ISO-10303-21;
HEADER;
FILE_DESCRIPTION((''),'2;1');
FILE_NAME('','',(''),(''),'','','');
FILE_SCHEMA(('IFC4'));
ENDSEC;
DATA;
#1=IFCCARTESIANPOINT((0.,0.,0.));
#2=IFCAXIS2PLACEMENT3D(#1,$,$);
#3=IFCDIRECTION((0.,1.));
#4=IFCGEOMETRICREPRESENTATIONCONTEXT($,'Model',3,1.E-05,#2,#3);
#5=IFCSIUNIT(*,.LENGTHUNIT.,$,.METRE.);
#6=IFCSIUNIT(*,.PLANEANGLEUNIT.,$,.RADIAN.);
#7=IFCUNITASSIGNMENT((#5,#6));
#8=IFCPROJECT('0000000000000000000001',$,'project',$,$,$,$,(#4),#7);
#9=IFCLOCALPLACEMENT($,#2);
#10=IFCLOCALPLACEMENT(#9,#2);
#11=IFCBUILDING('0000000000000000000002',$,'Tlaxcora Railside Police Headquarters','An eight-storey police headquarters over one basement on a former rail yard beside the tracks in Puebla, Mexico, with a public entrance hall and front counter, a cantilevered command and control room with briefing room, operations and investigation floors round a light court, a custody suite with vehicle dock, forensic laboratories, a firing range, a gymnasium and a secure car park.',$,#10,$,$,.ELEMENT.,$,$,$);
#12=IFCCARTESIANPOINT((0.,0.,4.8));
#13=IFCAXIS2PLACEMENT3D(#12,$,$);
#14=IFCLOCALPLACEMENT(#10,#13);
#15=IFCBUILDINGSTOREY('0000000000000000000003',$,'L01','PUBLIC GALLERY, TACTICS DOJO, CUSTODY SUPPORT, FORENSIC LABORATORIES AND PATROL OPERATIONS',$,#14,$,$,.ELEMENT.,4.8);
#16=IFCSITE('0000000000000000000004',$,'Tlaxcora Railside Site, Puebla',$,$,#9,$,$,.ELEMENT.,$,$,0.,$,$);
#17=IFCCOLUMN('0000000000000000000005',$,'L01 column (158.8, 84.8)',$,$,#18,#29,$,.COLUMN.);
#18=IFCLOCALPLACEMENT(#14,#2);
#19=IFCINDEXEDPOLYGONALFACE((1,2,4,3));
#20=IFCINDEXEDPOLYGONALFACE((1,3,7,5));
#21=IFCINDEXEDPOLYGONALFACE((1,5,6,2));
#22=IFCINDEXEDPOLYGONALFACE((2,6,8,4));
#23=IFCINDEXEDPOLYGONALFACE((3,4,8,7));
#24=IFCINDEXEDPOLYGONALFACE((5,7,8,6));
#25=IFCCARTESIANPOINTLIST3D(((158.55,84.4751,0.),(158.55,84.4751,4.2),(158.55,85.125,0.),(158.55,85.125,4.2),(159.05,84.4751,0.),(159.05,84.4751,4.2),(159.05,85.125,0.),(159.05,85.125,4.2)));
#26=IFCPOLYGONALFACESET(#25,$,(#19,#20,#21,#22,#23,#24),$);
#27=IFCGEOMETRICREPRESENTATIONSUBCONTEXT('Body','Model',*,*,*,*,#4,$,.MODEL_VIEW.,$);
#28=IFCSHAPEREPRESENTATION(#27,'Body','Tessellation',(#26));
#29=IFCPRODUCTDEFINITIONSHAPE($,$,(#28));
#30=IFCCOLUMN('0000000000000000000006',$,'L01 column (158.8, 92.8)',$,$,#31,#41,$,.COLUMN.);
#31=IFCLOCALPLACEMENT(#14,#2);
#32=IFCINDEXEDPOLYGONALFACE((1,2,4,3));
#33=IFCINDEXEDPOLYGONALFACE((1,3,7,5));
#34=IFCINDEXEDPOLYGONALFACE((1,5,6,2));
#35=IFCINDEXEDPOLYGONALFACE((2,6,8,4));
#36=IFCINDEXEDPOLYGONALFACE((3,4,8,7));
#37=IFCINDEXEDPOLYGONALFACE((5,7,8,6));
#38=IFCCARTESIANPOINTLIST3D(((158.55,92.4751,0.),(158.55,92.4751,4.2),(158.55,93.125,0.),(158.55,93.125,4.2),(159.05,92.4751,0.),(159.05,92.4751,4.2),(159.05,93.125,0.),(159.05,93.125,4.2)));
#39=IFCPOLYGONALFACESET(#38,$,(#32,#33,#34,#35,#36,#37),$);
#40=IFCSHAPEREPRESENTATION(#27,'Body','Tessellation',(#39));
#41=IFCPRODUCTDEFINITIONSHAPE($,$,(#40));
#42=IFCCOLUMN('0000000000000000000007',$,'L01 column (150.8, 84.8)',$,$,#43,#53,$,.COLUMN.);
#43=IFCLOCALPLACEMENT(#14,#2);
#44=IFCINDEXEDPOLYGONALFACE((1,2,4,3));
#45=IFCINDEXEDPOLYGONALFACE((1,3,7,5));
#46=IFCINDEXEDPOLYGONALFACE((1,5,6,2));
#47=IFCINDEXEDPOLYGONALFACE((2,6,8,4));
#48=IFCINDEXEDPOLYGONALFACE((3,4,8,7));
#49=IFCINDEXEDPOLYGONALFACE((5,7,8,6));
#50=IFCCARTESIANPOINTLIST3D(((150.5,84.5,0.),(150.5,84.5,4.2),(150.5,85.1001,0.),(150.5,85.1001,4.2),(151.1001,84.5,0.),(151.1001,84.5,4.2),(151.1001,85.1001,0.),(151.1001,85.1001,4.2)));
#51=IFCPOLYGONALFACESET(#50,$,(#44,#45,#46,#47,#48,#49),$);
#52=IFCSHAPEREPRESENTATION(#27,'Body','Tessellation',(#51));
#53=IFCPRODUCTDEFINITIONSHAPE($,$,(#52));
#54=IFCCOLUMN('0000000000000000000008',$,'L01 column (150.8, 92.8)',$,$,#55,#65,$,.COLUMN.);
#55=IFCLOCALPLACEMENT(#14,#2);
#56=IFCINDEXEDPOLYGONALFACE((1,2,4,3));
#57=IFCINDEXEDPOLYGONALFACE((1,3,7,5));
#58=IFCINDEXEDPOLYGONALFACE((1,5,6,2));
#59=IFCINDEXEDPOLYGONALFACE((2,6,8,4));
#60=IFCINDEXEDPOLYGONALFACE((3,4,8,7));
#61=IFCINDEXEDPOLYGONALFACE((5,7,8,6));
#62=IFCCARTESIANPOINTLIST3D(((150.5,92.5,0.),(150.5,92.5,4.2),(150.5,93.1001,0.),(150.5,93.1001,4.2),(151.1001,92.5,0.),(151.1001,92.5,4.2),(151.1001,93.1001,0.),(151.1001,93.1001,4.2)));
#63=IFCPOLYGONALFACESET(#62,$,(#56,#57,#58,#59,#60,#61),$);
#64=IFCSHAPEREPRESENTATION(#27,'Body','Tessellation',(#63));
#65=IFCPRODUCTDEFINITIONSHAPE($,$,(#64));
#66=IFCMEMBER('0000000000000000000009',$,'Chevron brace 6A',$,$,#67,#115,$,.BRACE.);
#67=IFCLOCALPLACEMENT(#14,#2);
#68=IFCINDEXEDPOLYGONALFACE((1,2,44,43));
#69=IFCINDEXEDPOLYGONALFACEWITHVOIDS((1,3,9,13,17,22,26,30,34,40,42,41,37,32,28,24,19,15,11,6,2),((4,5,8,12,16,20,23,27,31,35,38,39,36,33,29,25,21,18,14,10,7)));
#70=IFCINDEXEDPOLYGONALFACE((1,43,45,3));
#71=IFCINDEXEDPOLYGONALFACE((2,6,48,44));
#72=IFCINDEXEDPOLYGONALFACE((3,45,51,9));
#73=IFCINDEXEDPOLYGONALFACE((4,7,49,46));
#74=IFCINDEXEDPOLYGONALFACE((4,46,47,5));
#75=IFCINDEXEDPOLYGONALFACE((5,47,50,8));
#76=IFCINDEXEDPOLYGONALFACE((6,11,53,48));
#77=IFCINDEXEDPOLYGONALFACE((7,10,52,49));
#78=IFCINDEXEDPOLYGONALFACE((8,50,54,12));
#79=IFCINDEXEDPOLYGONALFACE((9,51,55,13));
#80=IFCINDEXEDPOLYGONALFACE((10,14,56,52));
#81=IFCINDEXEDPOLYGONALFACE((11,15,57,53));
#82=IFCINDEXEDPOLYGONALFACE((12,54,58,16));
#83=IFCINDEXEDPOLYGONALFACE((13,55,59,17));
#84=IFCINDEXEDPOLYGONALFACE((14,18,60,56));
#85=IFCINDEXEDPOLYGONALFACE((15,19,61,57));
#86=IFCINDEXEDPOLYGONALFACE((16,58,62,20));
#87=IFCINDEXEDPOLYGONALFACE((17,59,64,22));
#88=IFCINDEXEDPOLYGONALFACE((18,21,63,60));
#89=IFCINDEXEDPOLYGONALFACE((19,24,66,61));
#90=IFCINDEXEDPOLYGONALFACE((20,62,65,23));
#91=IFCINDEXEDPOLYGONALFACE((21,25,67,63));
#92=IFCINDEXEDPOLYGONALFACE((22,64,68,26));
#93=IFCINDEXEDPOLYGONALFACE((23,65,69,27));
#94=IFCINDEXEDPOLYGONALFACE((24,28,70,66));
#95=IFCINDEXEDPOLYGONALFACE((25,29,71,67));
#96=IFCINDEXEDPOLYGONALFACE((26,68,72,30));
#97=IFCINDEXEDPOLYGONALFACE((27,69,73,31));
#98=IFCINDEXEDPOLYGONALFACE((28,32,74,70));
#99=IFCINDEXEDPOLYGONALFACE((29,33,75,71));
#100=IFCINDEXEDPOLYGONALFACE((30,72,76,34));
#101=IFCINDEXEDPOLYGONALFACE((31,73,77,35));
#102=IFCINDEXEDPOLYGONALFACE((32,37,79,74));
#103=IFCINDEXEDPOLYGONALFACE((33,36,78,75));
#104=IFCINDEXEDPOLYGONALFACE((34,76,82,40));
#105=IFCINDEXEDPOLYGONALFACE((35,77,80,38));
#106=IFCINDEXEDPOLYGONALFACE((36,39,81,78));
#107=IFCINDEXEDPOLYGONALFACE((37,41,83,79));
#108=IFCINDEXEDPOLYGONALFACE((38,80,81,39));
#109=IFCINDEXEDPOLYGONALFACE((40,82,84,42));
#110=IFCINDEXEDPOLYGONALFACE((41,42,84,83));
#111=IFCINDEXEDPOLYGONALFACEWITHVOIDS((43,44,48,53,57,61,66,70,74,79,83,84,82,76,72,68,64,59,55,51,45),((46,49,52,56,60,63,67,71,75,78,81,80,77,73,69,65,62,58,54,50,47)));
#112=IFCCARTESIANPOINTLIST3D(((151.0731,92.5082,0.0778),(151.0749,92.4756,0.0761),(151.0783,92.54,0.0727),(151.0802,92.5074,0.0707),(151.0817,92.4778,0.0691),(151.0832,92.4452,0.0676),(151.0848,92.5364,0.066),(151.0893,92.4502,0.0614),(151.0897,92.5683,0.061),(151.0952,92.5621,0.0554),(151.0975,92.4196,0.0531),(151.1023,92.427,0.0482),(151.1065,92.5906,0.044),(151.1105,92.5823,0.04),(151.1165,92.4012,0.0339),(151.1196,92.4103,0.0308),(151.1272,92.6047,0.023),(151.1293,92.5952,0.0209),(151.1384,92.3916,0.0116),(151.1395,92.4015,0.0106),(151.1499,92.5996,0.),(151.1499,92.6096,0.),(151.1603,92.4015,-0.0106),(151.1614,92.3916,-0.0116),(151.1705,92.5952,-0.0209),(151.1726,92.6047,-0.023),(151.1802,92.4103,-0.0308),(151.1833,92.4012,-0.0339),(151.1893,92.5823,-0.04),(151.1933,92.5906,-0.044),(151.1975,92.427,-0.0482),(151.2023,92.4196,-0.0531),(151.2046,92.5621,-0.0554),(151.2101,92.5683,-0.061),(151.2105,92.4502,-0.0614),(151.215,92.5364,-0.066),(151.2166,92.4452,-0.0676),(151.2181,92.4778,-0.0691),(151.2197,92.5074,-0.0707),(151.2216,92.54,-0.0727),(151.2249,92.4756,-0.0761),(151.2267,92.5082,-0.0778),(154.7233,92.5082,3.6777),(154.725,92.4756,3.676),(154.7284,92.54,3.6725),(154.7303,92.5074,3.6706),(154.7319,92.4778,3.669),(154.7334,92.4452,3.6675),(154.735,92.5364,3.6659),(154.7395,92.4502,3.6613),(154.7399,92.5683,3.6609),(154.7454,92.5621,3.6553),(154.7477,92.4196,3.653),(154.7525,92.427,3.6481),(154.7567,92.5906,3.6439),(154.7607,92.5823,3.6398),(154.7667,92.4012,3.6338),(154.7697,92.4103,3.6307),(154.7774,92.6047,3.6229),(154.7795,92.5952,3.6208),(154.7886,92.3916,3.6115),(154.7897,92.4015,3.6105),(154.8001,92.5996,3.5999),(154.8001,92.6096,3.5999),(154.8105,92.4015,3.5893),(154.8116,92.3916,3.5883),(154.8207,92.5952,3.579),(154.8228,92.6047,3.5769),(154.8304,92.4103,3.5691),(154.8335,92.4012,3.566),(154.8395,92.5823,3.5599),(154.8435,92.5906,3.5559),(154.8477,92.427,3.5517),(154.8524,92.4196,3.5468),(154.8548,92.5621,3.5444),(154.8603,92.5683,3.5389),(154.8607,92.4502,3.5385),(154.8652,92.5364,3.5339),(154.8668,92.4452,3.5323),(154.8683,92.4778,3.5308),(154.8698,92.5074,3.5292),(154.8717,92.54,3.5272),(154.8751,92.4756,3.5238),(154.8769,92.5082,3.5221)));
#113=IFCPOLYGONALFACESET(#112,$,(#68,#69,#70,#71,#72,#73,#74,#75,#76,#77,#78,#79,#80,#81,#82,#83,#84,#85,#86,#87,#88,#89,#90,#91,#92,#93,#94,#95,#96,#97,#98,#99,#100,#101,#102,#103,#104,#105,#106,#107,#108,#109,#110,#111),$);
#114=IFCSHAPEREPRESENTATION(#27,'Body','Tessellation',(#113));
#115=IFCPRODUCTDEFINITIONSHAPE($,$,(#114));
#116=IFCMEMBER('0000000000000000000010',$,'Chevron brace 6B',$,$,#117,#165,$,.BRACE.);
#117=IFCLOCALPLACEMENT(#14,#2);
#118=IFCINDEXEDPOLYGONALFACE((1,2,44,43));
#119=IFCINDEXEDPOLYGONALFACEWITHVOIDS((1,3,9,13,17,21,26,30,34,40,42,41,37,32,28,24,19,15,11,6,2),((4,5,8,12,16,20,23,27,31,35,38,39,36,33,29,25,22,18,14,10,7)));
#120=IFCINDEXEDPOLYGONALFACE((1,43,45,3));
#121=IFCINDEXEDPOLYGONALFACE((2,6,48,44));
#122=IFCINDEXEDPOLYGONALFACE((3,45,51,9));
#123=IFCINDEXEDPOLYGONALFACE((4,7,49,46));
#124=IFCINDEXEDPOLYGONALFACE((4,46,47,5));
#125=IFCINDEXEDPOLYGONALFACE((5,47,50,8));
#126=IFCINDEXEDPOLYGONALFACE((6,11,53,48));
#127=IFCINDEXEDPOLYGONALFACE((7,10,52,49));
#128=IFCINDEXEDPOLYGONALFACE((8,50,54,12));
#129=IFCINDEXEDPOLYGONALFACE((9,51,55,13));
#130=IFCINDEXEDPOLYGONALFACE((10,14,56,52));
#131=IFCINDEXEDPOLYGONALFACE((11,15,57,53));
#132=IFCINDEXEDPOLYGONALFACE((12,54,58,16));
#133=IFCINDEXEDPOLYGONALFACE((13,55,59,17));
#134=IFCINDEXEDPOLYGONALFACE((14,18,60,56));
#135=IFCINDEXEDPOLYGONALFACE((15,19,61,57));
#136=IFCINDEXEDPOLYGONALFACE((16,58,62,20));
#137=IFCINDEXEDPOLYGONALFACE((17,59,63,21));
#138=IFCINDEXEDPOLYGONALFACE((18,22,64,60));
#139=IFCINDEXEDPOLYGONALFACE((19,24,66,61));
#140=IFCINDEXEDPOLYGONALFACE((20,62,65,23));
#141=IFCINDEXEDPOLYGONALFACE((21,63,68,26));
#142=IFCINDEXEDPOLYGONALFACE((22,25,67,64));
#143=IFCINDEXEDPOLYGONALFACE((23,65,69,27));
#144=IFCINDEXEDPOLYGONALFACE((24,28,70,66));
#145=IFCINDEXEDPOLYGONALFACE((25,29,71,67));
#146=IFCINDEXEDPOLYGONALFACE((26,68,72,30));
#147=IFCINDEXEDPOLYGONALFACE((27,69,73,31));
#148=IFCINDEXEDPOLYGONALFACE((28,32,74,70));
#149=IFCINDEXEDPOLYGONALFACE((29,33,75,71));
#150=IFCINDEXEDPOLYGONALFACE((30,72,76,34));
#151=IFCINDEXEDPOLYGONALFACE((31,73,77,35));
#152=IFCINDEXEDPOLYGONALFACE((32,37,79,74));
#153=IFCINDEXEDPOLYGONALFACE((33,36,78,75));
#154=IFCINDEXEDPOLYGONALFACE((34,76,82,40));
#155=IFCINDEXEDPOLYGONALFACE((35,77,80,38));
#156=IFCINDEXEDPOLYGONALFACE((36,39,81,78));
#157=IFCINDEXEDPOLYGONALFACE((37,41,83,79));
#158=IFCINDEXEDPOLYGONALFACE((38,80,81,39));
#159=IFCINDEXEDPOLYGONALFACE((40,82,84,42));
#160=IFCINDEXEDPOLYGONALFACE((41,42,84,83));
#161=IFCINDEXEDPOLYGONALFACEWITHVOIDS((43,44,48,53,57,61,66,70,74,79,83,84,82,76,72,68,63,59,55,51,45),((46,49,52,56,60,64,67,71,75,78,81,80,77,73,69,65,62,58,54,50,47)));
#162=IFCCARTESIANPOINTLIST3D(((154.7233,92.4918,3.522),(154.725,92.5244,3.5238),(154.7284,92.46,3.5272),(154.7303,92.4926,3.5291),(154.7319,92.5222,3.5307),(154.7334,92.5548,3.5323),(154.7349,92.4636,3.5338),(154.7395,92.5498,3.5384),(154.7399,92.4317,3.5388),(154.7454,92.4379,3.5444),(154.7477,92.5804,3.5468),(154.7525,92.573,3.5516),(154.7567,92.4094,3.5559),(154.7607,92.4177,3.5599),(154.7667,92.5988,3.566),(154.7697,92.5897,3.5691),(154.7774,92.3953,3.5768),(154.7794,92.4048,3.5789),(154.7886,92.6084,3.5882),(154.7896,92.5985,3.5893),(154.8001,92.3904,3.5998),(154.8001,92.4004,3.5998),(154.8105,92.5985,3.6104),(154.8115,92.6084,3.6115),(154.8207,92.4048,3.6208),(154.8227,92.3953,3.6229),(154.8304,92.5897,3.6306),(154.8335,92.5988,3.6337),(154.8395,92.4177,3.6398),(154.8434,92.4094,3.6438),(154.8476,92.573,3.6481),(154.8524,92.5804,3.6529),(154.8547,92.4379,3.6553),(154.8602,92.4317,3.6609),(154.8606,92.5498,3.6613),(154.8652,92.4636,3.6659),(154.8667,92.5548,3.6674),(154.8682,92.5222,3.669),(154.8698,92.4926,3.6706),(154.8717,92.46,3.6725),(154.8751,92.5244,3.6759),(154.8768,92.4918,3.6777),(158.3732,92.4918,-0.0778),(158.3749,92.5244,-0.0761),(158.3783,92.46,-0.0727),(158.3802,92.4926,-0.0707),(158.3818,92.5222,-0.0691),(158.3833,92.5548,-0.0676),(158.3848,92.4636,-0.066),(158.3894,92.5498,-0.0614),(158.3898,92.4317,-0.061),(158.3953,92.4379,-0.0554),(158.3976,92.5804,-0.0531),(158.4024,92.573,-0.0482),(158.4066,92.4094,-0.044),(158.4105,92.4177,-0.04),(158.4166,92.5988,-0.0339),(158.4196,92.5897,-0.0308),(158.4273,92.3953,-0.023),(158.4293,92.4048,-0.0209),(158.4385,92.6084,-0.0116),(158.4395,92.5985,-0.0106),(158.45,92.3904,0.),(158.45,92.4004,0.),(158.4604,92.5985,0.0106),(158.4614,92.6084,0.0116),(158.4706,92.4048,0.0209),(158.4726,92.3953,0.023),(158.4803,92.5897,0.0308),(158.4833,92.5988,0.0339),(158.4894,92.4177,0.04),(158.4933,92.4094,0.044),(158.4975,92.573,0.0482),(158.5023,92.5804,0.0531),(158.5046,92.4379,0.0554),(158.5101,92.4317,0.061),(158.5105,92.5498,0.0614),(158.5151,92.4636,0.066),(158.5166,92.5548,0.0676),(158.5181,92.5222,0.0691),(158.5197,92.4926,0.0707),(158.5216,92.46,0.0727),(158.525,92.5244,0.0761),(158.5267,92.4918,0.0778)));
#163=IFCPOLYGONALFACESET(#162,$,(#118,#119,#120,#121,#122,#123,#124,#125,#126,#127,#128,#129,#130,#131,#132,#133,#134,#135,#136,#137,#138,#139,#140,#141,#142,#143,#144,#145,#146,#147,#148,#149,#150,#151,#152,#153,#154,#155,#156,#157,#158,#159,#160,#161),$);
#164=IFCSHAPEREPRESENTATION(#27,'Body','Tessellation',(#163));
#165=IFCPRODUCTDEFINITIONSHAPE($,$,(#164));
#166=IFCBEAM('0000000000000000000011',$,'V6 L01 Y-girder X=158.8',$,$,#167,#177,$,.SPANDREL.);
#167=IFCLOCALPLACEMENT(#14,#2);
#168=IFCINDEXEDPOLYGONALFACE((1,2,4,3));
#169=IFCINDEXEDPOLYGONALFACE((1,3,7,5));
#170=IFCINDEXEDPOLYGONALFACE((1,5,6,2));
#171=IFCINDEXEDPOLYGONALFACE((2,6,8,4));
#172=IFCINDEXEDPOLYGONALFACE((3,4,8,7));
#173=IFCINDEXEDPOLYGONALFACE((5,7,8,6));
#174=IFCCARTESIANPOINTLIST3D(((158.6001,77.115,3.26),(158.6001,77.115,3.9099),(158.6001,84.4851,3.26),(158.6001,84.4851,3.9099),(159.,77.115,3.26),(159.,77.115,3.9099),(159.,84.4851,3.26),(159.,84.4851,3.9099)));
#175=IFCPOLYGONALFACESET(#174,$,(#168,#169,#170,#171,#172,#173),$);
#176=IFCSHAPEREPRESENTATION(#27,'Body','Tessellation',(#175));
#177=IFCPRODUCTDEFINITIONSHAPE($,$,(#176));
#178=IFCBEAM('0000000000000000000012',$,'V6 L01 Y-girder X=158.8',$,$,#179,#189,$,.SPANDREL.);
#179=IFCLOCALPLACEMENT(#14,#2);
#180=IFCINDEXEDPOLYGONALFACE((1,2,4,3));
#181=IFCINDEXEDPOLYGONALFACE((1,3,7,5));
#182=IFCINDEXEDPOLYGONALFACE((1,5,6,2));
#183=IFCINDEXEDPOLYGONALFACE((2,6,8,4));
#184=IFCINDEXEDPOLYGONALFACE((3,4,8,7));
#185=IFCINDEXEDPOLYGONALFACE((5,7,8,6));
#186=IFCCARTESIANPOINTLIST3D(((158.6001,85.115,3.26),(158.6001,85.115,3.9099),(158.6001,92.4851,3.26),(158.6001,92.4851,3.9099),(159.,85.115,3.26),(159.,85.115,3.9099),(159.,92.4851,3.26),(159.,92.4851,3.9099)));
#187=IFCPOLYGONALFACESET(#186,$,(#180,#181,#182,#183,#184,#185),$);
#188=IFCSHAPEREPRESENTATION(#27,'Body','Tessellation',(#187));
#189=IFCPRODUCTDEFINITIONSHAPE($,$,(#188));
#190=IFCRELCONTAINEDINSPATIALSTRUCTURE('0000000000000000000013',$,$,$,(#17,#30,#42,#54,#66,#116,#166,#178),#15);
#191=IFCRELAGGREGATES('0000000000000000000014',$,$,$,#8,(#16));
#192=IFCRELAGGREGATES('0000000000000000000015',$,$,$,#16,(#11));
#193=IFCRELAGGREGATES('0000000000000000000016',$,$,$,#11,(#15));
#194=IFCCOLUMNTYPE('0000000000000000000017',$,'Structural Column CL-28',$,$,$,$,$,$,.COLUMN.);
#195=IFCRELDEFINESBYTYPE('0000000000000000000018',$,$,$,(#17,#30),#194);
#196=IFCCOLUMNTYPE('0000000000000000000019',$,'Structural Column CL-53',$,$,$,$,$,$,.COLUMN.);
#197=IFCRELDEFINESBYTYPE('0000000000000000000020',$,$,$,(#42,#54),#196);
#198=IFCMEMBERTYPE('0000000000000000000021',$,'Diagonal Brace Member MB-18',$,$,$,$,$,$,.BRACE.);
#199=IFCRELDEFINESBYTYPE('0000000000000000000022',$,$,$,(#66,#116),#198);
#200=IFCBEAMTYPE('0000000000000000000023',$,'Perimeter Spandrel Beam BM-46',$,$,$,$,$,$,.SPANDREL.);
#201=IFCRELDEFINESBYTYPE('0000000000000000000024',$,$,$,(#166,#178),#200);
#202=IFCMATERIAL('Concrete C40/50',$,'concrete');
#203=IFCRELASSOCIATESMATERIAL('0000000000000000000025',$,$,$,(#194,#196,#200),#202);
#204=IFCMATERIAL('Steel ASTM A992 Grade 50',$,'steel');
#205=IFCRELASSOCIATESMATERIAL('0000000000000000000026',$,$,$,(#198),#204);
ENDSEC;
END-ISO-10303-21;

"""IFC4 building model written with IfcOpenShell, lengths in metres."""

from ifc_helpers import new_model, si_unit, direction, frame, origin, origin_2d, place, context, subcontext, project, spatial, rectangle, hollow_circle, extrude, material, material_profile, profile_set, type_object, element, save


model = new_model("IFC4")

# Units and contexts
model_context = context("Model", 3, precision=1e-05, world=origin(), true_north=direction((0.0, 1.0)))
body_context = subcontext(model_context, "Body", "Model", "MODEL_VIEW")
ifc_project = project(units=[si_unit("LENGTHUNIT", "METRE"), si_unit("PLANEANGLEUNIT", "RADIAN")], contexts=[model_context])

# Site, building, storey
site_placement = place(None, origin())
site = spatial("IfcSite", under=ifc_project, at=site_placement, Name="Tlaxcora Railside Site, Puebla", CompositionType="ELEMENT", RefElevation=0.0)
building_placement = place(site_placement, origin())
building = spatial("IfcBuilding", under=site, at=building_placement, Name="Tlaxcora Railside Police Headquarters", Description="An eight-storey police headquarters over one basement on a former rail yard beside the tracks in Puebla, Mexico, with a public entrance hall and front counter, a cantilevered command and control room with briefing room, operations and investigation floors round a light court, a custody suite with vehicle dock, forensic laboratories, a firing range, a gymnasium and a secure car park.", CompositionType="ELEMENT")
storey_placement = place(building_placement, frame((0.0, 0.0, 4.8)))
storey = spatial("IfcBuildingStorey", under=building, at=storey_placement, Name="L01", Description="PUBLIC GALLERY, TACTICS DOJO, CUSTODY SUPPORT, FORENSIC LABORATORIES AND PATROL OPERATIONS", CompositionType="ELEMENT", Elevation=4.8)

# Columns
ifc_material_1 = material(Name="Concrete C40/50", Category="concrete")
ifc_material_profile_1 = material_profile(ifc_material_1, rectangle(XDim=0.5, YDim=0.6499, at=origin_2d()), Name="RC500X650")
ifc_profile_set_1 = profile_set([ifc_material_profile_1], Name="Concrete C40/50")
column_type_1 = type_object("IfcColumnType", Name="Structural Column CL-28", PredefinedType="COLUMN", material=ifc_profile_set_1)
for number, where, z_axis, x_axis, name in (
    (1, (158.8, 84.8, 0.0), (0.0, 0.0, 1.0), (1.0, 0.0, 0.0), "L01 column (158.8, 84.8)"),
    (2, (158.8, 92.8, 0.0), (0.0, 0.0, 1.0), (1.0, 0.0, 0.0), "L01 column (158.8, 92.8)"),
):
    element("IfcColumn", number, at=place(storey_placement, frame(where, z_axis=z_axis, x_axis=x_axis)), inside=storey, type_object=column_type_1, Name=name, PredefinedType="COLUMN", context=body_context, shape_type="SweptSolid", body=[
        extrude(rectangle(XDim=0.5, YDim=0.6499, at=origin_2d()), origin(), (0.0, 0.0, 1.0), 4.2),
    ])
ifc_material_profile_2 = material_profile(ifc_material_1, rectangle(XDim=0.6001, YDim=0.6001, at=origin_2d()), Name="RC600X600")
ifc_profile_set_2 = profile_set([ifc_material_profile_2], Name="Concrete C40/50")
column_type_2 = type_object("IfcColumnType", Name="Structural Column CL-53", PredefinedType="COLUMN", material=ifc_profile_set_2)
for number, where, z_axis, x_axis, name in (
    (3, (150.8, 84.8, 0.0), (0.0, 0.0, 1.0), (1.0, 0.0, 0.0), "L01 column (150.8, 84.8)"),
    (4, (150.8, 92.8, 0.0), (0.0, 0.0, 1.0), (1.0, 0.0, 0.0), "L01 column (150.8, 92.8)"),
):
    element("IfcColumn", number, at=place(storey_placement, frame(where, z_axis=z_axis, x_axis=x_axis)), inside=storey, type_object=column_type_2, Name=name, PredefinedType="COLUMN", context=body_context, shape_type="SweptSolid", body=[
        extrude(rectangle(XDim=0.6001, YDim=0.6001, at=origin_2d()), origin(), (0.0, 0.0, 1.0), 4.2),
    ])

# Members
ifc_material_2 = material(Name="Steel ASTM A992 Grade 50", Category="steel")
ifc_material_profile_3 = material_profile(ifc_material_2, hollow_circle(Radius=0.1096, WallThickness=0.01, at=origin_2d()), Name="CHS219X10")
ifc_profile_set_3 = profile_set([ifc_material_profile_3], Name="Steel ASTM A992 Grade 50")
member_type = type_object("IfcMemberType", Name="Diagonal Brace Member MB-18", PredefinedType="BRACE", material=ifc_profile_set_3)
member_1_placement = place(storey_placement, frame((151.1499, 92.5, 0.0), z_axis=(0.711995, 0.0, 0.702185), x_axis=(0.0, 1.0, 0.0)))
element("IfcMember", 5, at=member_1_placement, inside=storey, type_object=member_type, Name="Chevron brace 6A", PredefinedType="BRACE", context=body_context, shape_type="SweptSolid", body=[
    extrude(hollow_circle(Radius=0.1096, WallThickness=0.01, at=origin_2d()), origin(), (0.0, 0.0, 1.0), 5.1267),
])
member_2_placement = place(storey_placement, frame((158.45, 92.5, 0.0), z_axis=(-0.711971, 0.0, 0.702209), x_axis=(0.0, -1.0, 0.0)))
element("IfcMember", 6, at=member_2_placement, inside=storey, type_object=member_type, Name="Chevron brace 6B", PredefinedType="BRACE", context=body_context, shape_type="SweptSolid", body=[
    extrude(hollow_circle(Radius=0.1096, WallThickness=0.01, at=origin_2d()), origin(), (0.0, 0.0, 1.0), 5.1265),
])

# Beams
ifc_material_profile_4 = material_profile(ifc_material_1, rectangle(XDim=0.3999, YDim=0.6499, at=origin_2d()), Name="RC400X650")
ifc_profile_set_4 = profile_set([ifc_material_profile_4], Name="Concrete C40/50")
beam_type_1 = type_object("IfcBeamType", Name="Perimeter Spandrel Beam BM-46", PredefinedType="SPANDREL", material=ifc_profile_set_4)
for number, where, z_axis, x_axis, name in (
    (7, (158.8, 77.115, 3.585), (0.0, 1.0, 0.0), (-1.0, 0.0, 0.0), "V6 L01 Y-girder X=158.8"),
    (8, (158.8, 85.115, 3.585), (0.0, 1.0, 0.0), (-1.0, 0.0, 0.0), "V6 L01 Y-girder X=158.8"),
):
    element("IfcBeam", number, at=place(storey_placement, frame(where, z_axis=z_axis, x_axis=x_axis)), inside=storey, type_object=beam_type_1, Name=name, PredefinedType="SPANDREL", context=body_context, shape_type="SweptSolid", body=[
        extrude(rectangle(XDim=0.3999, YDim=0.6499, at=origin_2d()), origin(), (0.0, 0.0, 1.0), 7.3701),
    ])

save(model, "model.ifc")
